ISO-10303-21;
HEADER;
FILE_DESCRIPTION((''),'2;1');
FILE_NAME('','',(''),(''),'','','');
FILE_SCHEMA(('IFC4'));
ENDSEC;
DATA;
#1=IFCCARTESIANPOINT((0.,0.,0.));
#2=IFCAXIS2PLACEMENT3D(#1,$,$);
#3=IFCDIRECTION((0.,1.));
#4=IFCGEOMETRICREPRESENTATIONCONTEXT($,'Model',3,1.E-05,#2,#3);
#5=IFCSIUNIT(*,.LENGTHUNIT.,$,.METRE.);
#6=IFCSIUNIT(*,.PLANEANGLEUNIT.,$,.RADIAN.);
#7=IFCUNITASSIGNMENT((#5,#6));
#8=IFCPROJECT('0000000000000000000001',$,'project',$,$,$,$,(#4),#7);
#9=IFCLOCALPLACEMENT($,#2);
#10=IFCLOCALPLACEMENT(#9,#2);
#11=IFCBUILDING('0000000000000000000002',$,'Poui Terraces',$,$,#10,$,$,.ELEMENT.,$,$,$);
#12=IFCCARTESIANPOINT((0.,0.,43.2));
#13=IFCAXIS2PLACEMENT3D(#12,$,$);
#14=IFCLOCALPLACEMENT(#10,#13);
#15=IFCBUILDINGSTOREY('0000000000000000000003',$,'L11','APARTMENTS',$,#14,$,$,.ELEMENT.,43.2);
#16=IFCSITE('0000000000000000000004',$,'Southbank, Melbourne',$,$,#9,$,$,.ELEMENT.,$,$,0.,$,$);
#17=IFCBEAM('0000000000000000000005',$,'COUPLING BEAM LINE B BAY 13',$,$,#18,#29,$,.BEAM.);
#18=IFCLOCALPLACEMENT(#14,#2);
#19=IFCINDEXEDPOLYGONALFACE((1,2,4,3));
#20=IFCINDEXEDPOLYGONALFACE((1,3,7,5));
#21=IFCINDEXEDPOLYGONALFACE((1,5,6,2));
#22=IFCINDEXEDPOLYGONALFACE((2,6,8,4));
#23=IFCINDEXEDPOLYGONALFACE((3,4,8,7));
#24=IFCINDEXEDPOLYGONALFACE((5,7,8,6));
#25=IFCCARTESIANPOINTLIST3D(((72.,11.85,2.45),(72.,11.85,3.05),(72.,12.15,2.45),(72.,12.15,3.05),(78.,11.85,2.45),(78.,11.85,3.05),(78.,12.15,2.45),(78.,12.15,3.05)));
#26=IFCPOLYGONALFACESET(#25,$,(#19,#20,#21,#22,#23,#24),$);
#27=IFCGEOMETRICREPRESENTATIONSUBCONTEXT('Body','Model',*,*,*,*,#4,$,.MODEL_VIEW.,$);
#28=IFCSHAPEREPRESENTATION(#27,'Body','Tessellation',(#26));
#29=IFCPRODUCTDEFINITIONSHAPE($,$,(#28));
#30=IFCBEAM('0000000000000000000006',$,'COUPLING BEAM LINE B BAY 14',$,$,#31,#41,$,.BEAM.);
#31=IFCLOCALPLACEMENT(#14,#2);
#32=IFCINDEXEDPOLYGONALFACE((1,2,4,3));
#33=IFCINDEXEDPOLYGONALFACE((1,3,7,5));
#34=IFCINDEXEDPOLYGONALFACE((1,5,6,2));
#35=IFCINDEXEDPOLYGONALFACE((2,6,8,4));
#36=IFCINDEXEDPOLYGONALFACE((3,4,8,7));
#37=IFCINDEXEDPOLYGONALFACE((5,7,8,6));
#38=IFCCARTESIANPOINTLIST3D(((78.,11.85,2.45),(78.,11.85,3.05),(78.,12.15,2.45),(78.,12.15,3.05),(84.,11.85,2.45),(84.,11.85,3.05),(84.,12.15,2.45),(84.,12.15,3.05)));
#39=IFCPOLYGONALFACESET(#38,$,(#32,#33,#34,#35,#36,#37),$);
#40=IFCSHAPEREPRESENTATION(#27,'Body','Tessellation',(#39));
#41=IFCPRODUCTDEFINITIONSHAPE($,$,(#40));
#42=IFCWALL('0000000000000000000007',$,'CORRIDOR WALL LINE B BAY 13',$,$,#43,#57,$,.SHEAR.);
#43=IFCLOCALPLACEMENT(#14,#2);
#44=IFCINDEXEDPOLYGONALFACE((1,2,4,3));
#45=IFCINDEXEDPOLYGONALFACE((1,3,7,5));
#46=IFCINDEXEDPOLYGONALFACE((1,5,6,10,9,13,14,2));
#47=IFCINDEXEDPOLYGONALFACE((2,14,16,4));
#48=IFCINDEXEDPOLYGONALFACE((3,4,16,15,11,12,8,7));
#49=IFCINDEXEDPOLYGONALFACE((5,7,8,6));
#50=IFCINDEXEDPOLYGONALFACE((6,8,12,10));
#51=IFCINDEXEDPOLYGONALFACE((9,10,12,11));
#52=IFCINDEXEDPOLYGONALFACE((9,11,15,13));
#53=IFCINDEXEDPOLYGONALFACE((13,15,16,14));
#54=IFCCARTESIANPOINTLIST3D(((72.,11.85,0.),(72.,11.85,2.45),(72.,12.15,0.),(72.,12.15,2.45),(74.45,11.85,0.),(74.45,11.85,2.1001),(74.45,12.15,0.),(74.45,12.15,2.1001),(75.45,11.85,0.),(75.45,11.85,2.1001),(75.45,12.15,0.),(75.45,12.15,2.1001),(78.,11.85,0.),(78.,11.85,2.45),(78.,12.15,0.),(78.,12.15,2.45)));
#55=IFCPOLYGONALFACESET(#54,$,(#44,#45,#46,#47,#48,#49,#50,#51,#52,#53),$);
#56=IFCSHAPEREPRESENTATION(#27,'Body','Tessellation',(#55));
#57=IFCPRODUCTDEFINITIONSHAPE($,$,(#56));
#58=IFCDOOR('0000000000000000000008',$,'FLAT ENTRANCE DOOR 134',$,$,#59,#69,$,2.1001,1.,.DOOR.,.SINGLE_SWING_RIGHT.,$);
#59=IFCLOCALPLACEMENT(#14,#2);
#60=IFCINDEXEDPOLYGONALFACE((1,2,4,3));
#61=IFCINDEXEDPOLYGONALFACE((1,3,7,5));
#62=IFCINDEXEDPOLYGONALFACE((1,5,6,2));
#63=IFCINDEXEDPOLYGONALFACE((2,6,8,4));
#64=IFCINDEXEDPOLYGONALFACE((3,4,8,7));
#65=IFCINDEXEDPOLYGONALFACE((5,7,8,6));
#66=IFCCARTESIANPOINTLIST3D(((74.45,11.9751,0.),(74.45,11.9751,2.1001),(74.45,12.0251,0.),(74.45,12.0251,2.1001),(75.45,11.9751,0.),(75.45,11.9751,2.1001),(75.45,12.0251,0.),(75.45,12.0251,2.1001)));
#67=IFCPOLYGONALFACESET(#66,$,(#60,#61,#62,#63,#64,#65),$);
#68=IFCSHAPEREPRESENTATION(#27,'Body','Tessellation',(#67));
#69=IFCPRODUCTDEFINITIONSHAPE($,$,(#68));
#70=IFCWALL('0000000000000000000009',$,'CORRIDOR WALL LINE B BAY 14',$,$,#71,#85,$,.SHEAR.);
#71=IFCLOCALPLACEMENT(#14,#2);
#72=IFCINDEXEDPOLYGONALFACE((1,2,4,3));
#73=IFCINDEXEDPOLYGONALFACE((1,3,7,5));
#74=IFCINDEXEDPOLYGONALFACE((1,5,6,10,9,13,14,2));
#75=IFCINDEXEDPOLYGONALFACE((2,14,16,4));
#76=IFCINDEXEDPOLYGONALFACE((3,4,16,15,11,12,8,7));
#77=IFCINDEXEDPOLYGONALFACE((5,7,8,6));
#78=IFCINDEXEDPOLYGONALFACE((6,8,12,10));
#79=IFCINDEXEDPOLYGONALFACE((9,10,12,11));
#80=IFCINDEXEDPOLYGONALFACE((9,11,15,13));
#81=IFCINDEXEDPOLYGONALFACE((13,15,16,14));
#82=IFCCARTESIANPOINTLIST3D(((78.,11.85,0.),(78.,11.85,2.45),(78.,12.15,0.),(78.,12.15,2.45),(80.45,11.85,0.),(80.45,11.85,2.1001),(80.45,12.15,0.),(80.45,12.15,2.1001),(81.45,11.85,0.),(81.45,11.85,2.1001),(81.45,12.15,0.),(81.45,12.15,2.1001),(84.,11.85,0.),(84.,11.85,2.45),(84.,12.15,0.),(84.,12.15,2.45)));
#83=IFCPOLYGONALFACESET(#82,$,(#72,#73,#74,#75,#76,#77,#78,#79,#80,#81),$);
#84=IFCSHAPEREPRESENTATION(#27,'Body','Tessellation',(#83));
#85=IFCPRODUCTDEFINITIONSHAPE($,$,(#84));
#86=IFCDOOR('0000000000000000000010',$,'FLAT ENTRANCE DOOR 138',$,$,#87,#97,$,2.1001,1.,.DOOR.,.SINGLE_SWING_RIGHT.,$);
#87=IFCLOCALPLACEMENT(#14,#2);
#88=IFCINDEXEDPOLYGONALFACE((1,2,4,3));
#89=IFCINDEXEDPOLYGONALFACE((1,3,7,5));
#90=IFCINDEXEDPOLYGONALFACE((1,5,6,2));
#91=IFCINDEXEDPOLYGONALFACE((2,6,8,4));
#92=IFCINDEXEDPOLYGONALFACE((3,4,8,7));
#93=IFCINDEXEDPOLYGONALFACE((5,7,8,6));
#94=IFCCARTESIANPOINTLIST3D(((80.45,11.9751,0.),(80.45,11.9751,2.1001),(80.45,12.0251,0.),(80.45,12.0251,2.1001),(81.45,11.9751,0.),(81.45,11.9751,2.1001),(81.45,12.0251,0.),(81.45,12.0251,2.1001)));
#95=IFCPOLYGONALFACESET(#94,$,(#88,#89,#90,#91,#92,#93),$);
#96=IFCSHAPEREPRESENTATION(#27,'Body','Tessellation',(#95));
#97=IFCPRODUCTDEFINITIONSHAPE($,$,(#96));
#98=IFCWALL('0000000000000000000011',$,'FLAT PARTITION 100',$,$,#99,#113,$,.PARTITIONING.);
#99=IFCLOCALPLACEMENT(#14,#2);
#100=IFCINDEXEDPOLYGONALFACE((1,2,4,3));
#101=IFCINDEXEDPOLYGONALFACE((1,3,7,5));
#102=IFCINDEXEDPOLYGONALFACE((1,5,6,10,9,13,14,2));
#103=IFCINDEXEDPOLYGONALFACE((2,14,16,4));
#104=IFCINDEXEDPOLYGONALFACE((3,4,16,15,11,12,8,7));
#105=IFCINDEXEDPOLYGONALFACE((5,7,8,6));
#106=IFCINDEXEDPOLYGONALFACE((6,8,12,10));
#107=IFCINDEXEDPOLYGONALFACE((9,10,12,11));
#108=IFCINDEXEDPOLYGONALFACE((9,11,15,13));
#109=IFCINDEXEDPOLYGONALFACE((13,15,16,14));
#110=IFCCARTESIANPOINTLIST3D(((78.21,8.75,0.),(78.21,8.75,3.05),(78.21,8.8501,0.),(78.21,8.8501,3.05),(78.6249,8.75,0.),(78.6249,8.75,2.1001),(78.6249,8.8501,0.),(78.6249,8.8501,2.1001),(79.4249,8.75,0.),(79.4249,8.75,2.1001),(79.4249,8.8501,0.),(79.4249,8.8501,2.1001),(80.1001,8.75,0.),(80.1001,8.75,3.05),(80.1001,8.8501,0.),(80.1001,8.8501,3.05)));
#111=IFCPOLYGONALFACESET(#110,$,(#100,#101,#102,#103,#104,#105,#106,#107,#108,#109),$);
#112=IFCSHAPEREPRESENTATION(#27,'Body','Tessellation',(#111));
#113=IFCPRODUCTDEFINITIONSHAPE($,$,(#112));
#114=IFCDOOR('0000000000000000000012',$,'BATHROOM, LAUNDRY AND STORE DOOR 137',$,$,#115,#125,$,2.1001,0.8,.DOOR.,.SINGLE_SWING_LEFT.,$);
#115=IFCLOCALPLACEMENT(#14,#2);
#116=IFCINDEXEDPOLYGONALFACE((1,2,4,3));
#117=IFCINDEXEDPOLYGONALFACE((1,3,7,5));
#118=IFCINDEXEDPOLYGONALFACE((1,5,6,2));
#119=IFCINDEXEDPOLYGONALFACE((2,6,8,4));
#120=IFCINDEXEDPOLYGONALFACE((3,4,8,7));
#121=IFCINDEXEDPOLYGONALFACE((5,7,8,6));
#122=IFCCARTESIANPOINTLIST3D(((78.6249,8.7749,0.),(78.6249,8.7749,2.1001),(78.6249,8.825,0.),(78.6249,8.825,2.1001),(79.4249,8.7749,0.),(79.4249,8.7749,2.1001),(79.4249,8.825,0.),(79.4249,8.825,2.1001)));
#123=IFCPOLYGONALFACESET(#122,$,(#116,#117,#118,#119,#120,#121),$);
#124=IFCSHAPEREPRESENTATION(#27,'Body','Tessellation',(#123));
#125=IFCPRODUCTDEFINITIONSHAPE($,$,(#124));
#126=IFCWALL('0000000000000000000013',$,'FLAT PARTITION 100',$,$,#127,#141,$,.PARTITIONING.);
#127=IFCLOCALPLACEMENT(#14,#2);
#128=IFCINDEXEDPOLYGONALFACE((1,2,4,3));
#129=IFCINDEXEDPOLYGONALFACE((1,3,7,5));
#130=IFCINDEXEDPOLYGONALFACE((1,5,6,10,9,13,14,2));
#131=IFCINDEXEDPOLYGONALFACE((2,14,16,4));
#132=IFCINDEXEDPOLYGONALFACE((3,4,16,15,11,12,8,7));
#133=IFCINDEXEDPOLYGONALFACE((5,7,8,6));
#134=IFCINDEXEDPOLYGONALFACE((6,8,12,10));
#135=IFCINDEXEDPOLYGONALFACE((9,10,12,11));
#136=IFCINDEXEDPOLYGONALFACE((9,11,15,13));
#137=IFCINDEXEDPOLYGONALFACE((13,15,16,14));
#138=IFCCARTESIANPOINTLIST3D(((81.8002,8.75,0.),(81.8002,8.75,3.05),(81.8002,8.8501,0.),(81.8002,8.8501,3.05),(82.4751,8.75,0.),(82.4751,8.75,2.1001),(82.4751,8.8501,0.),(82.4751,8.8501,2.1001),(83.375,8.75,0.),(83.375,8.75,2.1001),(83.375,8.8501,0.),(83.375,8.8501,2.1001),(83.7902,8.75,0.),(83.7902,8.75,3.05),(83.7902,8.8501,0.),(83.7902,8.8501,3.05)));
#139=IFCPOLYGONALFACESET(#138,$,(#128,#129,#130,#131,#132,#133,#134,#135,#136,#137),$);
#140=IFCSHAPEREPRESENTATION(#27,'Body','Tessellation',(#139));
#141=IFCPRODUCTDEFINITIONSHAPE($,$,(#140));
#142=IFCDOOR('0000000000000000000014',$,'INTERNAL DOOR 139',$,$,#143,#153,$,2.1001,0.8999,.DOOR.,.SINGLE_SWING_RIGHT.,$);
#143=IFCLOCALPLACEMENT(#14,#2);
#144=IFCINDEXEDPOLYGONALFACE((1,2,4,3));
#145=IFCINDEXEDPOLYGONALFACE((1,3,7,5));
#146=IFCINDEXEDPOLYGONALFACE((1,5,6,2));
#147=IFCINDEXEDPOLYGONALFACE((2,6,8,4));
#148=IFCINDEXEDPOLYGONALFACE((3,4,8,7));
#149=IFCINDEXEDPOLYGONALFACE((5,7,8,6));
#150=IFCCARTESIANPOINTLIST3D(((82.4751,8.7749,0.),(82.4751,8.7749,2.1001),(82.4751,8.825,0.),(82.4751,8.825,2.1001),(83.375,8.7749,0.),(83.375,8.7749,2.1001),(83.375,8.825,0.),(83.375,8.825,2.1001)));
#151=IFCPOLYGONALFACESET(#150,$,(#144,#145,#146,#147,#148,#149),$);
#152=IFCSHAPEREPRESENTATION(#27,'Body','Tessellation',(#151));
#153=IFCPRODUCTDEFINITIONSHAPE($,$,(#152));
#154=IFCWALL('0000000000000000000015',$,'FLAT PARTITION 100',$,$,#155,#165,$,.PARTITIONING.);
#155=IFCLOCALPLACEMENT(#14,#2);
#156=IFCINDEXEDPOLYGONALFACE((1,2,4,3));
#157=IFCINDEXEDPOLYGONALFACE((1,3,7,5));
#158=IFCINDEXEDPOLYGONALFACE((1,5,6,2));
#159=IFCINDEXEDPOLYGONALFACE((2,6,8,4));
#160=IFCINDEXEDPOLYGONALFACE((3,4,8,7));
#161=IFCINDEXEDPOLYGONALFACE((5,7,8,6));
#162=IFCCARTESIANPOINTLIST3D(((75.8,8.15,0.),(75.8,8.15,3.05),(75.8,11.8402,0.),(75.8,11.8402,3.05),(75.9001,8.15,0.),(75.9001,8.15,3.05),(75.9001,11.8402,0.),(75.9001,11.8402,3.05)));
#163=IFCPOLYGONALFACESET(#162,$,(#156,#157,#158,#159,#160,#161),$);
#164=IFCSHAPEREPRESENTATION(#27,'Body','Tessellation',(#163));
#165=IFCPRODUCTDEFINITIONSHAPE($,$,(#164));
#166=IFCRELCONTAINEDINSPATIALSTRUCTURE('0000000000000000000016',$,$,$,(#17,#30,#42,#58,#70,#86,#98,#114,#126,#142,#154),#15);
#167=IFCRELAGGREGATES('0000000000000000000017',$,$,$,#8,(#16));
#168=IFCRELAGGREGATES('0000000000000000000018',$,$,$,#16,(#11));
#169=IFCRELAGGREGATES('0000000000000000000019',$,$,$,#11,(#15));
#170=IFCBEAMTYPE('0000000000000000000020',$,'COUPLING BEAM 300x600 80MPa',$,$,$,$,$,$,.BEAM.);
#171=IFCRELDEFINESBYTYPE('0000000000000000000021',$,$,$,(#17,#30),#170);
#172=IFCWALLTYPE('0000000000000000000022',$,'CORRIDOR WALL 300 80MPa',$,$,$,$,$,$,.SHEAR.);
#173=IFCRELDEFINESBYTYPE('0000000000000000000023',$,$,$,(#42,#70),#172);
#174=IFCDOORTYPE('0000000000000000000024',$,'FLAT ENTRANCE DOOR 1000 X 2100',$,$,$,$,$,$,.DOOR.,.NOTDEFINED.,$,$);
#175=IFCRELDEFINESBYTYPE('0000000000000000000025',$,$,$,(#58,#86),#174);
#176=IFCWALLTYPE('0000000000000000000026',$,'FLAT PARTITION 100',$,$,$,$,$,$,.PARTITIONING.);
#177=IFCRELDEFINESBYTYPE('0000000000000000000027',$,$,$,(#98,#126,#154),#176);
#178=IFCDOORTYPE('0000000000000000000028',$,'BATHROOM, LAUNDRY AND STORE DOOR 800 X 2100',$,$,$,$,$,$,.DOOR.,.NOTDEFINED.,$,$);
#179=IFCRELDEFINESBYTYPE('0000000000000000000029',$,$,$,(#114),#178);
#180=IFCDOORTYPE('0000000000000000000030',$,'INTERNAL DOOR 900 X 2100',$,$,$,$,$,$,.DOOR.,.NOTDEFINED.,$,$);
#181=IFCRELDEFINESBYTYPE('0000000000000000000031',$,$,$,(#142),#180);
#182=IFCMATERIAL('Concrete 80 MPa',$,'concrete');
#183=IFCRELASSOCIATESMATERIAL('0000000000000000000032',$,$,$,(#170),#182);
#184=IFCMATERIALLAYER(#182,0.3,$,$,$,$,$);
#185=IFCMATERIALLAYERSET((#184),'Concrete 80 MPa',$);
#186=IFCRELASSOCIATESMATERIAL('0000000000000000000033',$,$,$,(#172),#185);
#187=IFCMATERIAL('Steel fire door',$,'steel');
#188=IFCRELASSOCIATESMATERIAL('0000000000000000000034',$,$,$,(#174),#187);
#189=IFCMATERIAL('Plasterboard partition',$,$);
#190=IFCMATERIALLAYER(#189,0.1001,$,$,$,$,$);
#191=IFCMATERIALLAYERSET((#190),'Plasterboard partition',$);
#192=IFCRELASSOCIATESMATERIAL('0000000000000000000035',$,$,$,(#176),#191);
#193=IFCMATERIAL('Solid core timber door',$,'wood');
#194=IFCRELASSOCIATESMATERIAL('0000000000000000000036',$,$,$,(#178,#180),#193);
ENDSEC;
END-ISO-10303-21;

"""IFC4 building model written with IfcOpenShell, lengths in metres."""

from ifc_helpers import new_model, si_unit, direction, frame, frame_2d, origin, origin_2d, place, context, subcontext, project, spatial, rectangle, extrude, source, transform, mapped, material, layer, layer_set, material_profile, profile_set, type_object, element, fill, save


model = new_model("IFC4")

# Units and contexts
model_context = context("Model", 3, precision=1e-05, world=origin(), true_north=direction((0.0, 1.0)))
body_context = subcontext(model_context, "Body", "Model", "MODEL_VIEW")
ifc_project = project(units=[si_unit("LENGTHUNIT", "METRE"), si_unit("PLANEANGLEUNIT", "RADIAN")], contexts=[model_context])

# Site, building, storey
site_placement = place(None, origin())
site = spatial("IfcSite", under=ifc_project, at=site_placement, Name="Southbank, Melbourne", CompositionType="ELEMENT", RefElevation=0.0)
building_placement = place(site_placement, origin())
building = spatial("IfcBuilding", under=site, at=building_placement, Name="Poui Terraces", CompositionType="ELEMENT")
storey_placement = place(building_placement, frame((0.0, 0.0, 43.2)))
storey = spatial("IfcBuildingStorey", under=building, at=storey_placement, Name="L11", Description="APARTMENTS", CompositionType="ELEMENT", Elevation=43.2)

# Beams
ifc_material_1 = material(Name="Concrete 80 MPa", Category="concrete")
ifc_material_profile = material_profile(ifc_material_1, rectangle(XDim=0.3, YDim=0.6001, at=origin_2d()), Name="RC 300x600")
ifc_profile_set = profile_set([ifc_material_profile], Name="Concrete 80 MPa")
beam_type = type_object("IfcBeamType", Name="COUPLING BEAM 300x600 80MPa", PredefinedType="BEAM", material=ifc_profile_set)
shared_shape = source(origin(), body_context, "Body", "SweptSolid", [
    extrude(rectangle(XDim=0.3, YDim=0.6001, at=origin_2d()), origin(), (0.0, 0.0, 1.0), 6.0),
])
for number, where, z_axis, x_axis, name in (
    (1, (72.0, 12.0, 2.75), (1.0, 0.0, 0.0), (0.0, 1.0, 0.0), "COUPLING BEAM LINE B BAY 13"),
    (2, (78.0, 12.0, 2.75), (1.0, 0.0, 0.0), (0.0, 1.0, 0.0), "COUPLING BEAM LINE B BAY 14"),
):
    element("IfcBeam", number, at=place(storey_placement, frame(where, z_axis=z_axis, x_axis=x_axis)), inside=storey, type_object=beam_type, Name=name, PredefinedType="BEAM", context=body_context, shape_type="MappedRepresentation", body=[
        mapped(shared_shape, transform((0.0, 0.0, 0.0))),
    ])

# Walls, openings, doors
ifc_layer_1 = layer(ifc_material_1, 0.3)
ifc_layer_set_1 = layer_set([ifc_layer_1], Name="Concrete 80 MPa")
wall_type_1 = type_object("IfcWallType", Name="CORRIDOR WALL 300 80MPa", PredefinedType="SHEAR", material=ifc_layer_set_1)
wall_1_placement = place(storey_placement, frame((72.0, 12.0, 0.0), z_axis=(0.0, 0.0, 1.0), x_axis=(1.0, 0.0, 0.0)))
wall_1 = element("IfcWall", 3, at=wall_1_placement, inside=storey, type_object=wall_type_1, Name="CORRIDOR WALL LINE B BAY 13", PredefinedType="SHEAR", context=body_context, shape_type="SweptSolid", body=[
    extrude(rectangle(XDim=6.0, YDim=0.3, at=frame_2d((3.0, 0.0))), origin(), (0.0, 0.0, 1.0), 2.45),
])
opening_1_placement = place(wall_1_placement, frame((2.45, 0.0, 0.0)))
opening_1 = element("IfcOpeningElement", 4, at=opening_1_placement, cuts=wall_1, PredefinedType="OPENING", context=body_context, shape_type="SweptSolid", body=[
    extrude(rectangle(XDim=1.0, YDim=2.1001, at=frame_2d((0.5, 1.05))), frame((0.0, 0.1602, 0.0), z_axis=(0.0, -1.0, 0.0), x_axis=(1.0, 0.0, 0.0)), (0.0, 0.0, 1.0), 0.3201),
])
ifc_material_2 = material(Name="Steel fire door", Category="steel")
door_type_1 = type_object("IfcDoorType", Name="FLAT ENTRANCE DOOR 1000 X 2100", OperationType="NOTDEFINED", PredefinedType="DOOR", material=ifc_material_2)
door_1_placement = place(opening_1_placement, frame((1.0, 0.0, 0.0), z_axis=(0.0, 0.0, 1.0), x_axis=(-1.0, 0.0, 0.0)))
door_1 = element("IfcDoor", 5, at=door_1_placement, inside=storey, type_object=door_type_1, Name="FLAT ENTRANCE DOOR 134", OperationType="SINGLE_SWING_RIGHT", OverallHeight=2.1001, OverallWidth=1.0, PredefinedType="DOOR", context=body_context, shape_type="SweptSolid", body=[
    extrude(rectangle(XDim=1.0, YDim=2.1001, at=frame_2d((0.5, 1.05))), frame((0.0, 0.0249, 0.0), z_axis=(0.0, -1.0, 0.0), x_axis=(1.0, 0.0, 0.0)), (0.0, 0.0, 1.0), 0.05),
])
fill(opening_1, door_1)
wall_2_placement = place(storey_placement, frame((78.0, 12.0, 0.0), z_axis=(0.0, 0.0, 1.0), x_axis=(1.0, 0.0, 0.0)))
wall_2 = element("IfcWall", 6, at=wall_2_placement, inside=storey, type_object=wall_type_1, Name="CORRIDOR WALL LINE B BAY 14", PredefinedType="SHEAR", context=body_context, shape_type="SweptSolid", body=[
    extrude(rectangle(XDim=6.0, YDim=0.3, at=frame_2d((3.0, 0.0))), origin(), (0.0, 0.0, 1.0), 2.45),
])
opening_2_placement = place(wall_2_placement, frame((2.45, 0.0, 0.0)))
opening_2 = element("IfcOpeningElement", 7, at=opening_2_placement, cuts=wall_2, PredefinedType="OPENING", context=body_context, shape_type="SweptSolid", body=[
    extrude(rectangle(XDim=1.0, YDim=2.1001, at=frame_2d((0.5, 1.05))), frame((0.0, 0.1602, 0.0), z_axis=(0.0, -1.0, 0.0), x_axis=(1.0, 0.0, 0.0)), (0.0, 0.0, 1.0), 0.3201),
])
door_2_placement = place(opening_2_placement, frame((1.0, 0.0, 0.0), z_axis=(0.0, 0.0, 1.0), x_axis=(-1.0, 0.0, 0.0)))
door_2 = element("IfcDoor", 8, at=door_2_placement, inside=storey, type_object=door_type_1, Name="FLAT ENTRANCE DOOR 138", OperationType="SINGLE_SWING_RIGHT", OverallHeight=2.1001, OverallWidth=1.0, PredefinedType="DOOR", context=body_context, shape_type="SweptSolid", body=[
    extrude(rectangle(XDim=1.0, YDim=2.1001, at=frame_2d((0.5, 1.05))), frame((0.0, 0.0249, 0.0), z_axis=(0.0, -1.0, 0.0), x_axis=(1.0, 0.0, 0.0)), (0.0, 0.0, 1.0), 0.05),
])
fill(opening_2, door_2)
ifc_material_3 = material(Name="Plasterboard partition")
ifc_layer_2 = layer(ifc_material_3, 0.1001)
ifc_layer_set_2 = layer_set([ifc_layer_2], Name="Plasterboard partition")
wall_type_2 = type_object("IfcWallType", Name="FLAT PARTITION 100", PredefinedType="PARTITIONING", material=ifc_layer_set_2)
wall_3_placement = place(storey_placement, frame((78.21, 8.8, 0.0), z_axis=(0.0, 0.0, 1.0), x_axis=(1.0, 0.0, 0.0)))
wall_3 = element("IfcWall", 9, at=wall_3_placement, inside=storey, type_object=wall_type_2, Name="FLAT PARTITION 100", PredefinedType="PARTITIONING", context=body_context, shape_type="SweptSolid", body=[
    extrude(rectangle(XDim=1.8901, YDim=0.1001, at=frame_2d((0.9451, 0.0))), origin(), (0.0, 0.0, 1.0), 3.05),
])
opening_3_placement = place(wall_3_placement, frame((0.415, 0.0, 0.0)))
opening_3 = element("IfcOpeningElement", 10, at=opening_3_placement, cuts=wall_3, PredefinedType="OPENING", context=body_context, shape_type="SweptSolid", body=[
    extrude(rectangle(XDim=0.8, YDim=2.1001, at=frame_2d((0.3999, 1.05))), frame((0.0, 0.0601, 0.0), z_axis=(0.0, -1.0, 0.0), x_axis=(1.0, 0.0, 0.0)), (0.0, 0.0, 1.0), 0.1201),
])
ifc_material_4 = material(Name="Solid core timber door", Category="wood")
door_type_2 = type_object("IfcDoorType", Name="BATHROOM, LAUNDRY AND STORE DOOR 800 X 2100", OperationType="NOTDEFINED", PredefinedType="DOOR", material=ifc_material_4)
door_3_placement = place(opening_3_placement, origin())
door_3 = element("IfcDoor", 11, at=door_3_placement, inside=storey, type_object=door_type_2, Name="BATHROOM, LAUNDRY AND STORE DOOR 137", OperationType="SINGLE_SWING_LEFT", OverallHeight=2.1001, OverallWidth=0.8, PredefinedType="DOOR", context=body_context, shape_type="SweptSolid", body=[
    extrude(rectangle(XDim=0.8, YDim=2.1001, at=frame_2d((0.3999, 1.05))), frame((0.0, 0.0249, 0.0), z_axis=(0.0, -1.0, 0.0), x_axis=(1.0, 0.0, 0.0)), (0.0, 0.0, 1.0), 0.05),
])
fill(opening_3, door_3)
wall_4_placement = place(storey_placement, frame((81.8, 8.8, 0.0), z_axis=(0.0, 0.0, 1.0), x_axis=(1.0, 0.0, 0.0)))
wall_4 = element("IfcWall", 12, at=wall_4_placement, inside=storey, type_object=wall_type_2, Name="FLAT PARTITION 100", PredefinedType="PARTITIONING", context=body_context, shape_type="SweptSolid", body=[
    extrude(rectangle(XDim=1.99, YDim=0.1001, at=frame_2d((0.9951, 0.0))), origin(), (0.0, 0.0, 1.0), 3.05),
])
opening_4_placement = place(wall_4_placement, frame((0.675, 0.0, 0.0)))
opening_4 = element("IfcOpeningElement", 13, at=opening_4_placement, cuts=wall_4, PredefinedType="OPENING", context=body_context, shape_type="SweptSolid", body=[
    extrude(rectangle(XDim=0.8999, YDim=2.1001, at=frame_2d((0.45, 1.05))), frame((0.0, 0.0601, 0.0), z_axis=(0.0, -1.0, 0.0), x_axis=(1.0, 0.0, 0.0)), (0.0, 0.0, 1.0), 0.1201),
])
door_type_3 = type_object("IfcDoorType", Name="INTERNAL DOOR 900 X 2100", OperationType="NOTDEFINED", PredefinedType="DOOR", material=ifc_material_4)
door_4_placement = place(opening_4_placement, origin())
door_4 = element("IfcDoor", 14, at=door_4_placement, inside=storey, type_object=door_type_3, Name="INTERNAL DOOR 139", OperationType="SINGLE_SWING_RIGHT", OverallHeight=2.1001, OverallWidth=0.8999, PredefinedType="DOOR", context=body_context, shape_type="SweptSolid", body=[
    extrude(rectangle(XDim=0.8999, YDim=2.1001, at=frame_2d((0.45, 1.05))), frame((0.0, 0.0249, 0.0), z_axis=(0.0, -1.0, 0.0), x_axis=(1.0, 0.0, 0.0)), (0.0, 0.0, 1.0), 0.05),
])
fill(opening_4, door_4)

# Wall
wall_5_placement = place(storey_placement, frame((75.8501, 8.1499, 0.0), z_axis=(0.0, 0.0, 1.0), x_axis=(0.0, 1.0, 0.0)))
element("IfcWall", 15, at=wall_5_placement, inside=storey, type_object=wall_type_2, Name="FLAT PARTITION 100", PredefinedType="PARTITIONING", context=body_context, shape_type="SweptSolid", body=[
    extrude(rectangle(XDim=3.6902, YDim=0.1001, at=frame_2d((1.8452, 0.0))), origin(), (0.0, 0.0, 1.0), 3.05),
])

save(model, "model.ifc")
